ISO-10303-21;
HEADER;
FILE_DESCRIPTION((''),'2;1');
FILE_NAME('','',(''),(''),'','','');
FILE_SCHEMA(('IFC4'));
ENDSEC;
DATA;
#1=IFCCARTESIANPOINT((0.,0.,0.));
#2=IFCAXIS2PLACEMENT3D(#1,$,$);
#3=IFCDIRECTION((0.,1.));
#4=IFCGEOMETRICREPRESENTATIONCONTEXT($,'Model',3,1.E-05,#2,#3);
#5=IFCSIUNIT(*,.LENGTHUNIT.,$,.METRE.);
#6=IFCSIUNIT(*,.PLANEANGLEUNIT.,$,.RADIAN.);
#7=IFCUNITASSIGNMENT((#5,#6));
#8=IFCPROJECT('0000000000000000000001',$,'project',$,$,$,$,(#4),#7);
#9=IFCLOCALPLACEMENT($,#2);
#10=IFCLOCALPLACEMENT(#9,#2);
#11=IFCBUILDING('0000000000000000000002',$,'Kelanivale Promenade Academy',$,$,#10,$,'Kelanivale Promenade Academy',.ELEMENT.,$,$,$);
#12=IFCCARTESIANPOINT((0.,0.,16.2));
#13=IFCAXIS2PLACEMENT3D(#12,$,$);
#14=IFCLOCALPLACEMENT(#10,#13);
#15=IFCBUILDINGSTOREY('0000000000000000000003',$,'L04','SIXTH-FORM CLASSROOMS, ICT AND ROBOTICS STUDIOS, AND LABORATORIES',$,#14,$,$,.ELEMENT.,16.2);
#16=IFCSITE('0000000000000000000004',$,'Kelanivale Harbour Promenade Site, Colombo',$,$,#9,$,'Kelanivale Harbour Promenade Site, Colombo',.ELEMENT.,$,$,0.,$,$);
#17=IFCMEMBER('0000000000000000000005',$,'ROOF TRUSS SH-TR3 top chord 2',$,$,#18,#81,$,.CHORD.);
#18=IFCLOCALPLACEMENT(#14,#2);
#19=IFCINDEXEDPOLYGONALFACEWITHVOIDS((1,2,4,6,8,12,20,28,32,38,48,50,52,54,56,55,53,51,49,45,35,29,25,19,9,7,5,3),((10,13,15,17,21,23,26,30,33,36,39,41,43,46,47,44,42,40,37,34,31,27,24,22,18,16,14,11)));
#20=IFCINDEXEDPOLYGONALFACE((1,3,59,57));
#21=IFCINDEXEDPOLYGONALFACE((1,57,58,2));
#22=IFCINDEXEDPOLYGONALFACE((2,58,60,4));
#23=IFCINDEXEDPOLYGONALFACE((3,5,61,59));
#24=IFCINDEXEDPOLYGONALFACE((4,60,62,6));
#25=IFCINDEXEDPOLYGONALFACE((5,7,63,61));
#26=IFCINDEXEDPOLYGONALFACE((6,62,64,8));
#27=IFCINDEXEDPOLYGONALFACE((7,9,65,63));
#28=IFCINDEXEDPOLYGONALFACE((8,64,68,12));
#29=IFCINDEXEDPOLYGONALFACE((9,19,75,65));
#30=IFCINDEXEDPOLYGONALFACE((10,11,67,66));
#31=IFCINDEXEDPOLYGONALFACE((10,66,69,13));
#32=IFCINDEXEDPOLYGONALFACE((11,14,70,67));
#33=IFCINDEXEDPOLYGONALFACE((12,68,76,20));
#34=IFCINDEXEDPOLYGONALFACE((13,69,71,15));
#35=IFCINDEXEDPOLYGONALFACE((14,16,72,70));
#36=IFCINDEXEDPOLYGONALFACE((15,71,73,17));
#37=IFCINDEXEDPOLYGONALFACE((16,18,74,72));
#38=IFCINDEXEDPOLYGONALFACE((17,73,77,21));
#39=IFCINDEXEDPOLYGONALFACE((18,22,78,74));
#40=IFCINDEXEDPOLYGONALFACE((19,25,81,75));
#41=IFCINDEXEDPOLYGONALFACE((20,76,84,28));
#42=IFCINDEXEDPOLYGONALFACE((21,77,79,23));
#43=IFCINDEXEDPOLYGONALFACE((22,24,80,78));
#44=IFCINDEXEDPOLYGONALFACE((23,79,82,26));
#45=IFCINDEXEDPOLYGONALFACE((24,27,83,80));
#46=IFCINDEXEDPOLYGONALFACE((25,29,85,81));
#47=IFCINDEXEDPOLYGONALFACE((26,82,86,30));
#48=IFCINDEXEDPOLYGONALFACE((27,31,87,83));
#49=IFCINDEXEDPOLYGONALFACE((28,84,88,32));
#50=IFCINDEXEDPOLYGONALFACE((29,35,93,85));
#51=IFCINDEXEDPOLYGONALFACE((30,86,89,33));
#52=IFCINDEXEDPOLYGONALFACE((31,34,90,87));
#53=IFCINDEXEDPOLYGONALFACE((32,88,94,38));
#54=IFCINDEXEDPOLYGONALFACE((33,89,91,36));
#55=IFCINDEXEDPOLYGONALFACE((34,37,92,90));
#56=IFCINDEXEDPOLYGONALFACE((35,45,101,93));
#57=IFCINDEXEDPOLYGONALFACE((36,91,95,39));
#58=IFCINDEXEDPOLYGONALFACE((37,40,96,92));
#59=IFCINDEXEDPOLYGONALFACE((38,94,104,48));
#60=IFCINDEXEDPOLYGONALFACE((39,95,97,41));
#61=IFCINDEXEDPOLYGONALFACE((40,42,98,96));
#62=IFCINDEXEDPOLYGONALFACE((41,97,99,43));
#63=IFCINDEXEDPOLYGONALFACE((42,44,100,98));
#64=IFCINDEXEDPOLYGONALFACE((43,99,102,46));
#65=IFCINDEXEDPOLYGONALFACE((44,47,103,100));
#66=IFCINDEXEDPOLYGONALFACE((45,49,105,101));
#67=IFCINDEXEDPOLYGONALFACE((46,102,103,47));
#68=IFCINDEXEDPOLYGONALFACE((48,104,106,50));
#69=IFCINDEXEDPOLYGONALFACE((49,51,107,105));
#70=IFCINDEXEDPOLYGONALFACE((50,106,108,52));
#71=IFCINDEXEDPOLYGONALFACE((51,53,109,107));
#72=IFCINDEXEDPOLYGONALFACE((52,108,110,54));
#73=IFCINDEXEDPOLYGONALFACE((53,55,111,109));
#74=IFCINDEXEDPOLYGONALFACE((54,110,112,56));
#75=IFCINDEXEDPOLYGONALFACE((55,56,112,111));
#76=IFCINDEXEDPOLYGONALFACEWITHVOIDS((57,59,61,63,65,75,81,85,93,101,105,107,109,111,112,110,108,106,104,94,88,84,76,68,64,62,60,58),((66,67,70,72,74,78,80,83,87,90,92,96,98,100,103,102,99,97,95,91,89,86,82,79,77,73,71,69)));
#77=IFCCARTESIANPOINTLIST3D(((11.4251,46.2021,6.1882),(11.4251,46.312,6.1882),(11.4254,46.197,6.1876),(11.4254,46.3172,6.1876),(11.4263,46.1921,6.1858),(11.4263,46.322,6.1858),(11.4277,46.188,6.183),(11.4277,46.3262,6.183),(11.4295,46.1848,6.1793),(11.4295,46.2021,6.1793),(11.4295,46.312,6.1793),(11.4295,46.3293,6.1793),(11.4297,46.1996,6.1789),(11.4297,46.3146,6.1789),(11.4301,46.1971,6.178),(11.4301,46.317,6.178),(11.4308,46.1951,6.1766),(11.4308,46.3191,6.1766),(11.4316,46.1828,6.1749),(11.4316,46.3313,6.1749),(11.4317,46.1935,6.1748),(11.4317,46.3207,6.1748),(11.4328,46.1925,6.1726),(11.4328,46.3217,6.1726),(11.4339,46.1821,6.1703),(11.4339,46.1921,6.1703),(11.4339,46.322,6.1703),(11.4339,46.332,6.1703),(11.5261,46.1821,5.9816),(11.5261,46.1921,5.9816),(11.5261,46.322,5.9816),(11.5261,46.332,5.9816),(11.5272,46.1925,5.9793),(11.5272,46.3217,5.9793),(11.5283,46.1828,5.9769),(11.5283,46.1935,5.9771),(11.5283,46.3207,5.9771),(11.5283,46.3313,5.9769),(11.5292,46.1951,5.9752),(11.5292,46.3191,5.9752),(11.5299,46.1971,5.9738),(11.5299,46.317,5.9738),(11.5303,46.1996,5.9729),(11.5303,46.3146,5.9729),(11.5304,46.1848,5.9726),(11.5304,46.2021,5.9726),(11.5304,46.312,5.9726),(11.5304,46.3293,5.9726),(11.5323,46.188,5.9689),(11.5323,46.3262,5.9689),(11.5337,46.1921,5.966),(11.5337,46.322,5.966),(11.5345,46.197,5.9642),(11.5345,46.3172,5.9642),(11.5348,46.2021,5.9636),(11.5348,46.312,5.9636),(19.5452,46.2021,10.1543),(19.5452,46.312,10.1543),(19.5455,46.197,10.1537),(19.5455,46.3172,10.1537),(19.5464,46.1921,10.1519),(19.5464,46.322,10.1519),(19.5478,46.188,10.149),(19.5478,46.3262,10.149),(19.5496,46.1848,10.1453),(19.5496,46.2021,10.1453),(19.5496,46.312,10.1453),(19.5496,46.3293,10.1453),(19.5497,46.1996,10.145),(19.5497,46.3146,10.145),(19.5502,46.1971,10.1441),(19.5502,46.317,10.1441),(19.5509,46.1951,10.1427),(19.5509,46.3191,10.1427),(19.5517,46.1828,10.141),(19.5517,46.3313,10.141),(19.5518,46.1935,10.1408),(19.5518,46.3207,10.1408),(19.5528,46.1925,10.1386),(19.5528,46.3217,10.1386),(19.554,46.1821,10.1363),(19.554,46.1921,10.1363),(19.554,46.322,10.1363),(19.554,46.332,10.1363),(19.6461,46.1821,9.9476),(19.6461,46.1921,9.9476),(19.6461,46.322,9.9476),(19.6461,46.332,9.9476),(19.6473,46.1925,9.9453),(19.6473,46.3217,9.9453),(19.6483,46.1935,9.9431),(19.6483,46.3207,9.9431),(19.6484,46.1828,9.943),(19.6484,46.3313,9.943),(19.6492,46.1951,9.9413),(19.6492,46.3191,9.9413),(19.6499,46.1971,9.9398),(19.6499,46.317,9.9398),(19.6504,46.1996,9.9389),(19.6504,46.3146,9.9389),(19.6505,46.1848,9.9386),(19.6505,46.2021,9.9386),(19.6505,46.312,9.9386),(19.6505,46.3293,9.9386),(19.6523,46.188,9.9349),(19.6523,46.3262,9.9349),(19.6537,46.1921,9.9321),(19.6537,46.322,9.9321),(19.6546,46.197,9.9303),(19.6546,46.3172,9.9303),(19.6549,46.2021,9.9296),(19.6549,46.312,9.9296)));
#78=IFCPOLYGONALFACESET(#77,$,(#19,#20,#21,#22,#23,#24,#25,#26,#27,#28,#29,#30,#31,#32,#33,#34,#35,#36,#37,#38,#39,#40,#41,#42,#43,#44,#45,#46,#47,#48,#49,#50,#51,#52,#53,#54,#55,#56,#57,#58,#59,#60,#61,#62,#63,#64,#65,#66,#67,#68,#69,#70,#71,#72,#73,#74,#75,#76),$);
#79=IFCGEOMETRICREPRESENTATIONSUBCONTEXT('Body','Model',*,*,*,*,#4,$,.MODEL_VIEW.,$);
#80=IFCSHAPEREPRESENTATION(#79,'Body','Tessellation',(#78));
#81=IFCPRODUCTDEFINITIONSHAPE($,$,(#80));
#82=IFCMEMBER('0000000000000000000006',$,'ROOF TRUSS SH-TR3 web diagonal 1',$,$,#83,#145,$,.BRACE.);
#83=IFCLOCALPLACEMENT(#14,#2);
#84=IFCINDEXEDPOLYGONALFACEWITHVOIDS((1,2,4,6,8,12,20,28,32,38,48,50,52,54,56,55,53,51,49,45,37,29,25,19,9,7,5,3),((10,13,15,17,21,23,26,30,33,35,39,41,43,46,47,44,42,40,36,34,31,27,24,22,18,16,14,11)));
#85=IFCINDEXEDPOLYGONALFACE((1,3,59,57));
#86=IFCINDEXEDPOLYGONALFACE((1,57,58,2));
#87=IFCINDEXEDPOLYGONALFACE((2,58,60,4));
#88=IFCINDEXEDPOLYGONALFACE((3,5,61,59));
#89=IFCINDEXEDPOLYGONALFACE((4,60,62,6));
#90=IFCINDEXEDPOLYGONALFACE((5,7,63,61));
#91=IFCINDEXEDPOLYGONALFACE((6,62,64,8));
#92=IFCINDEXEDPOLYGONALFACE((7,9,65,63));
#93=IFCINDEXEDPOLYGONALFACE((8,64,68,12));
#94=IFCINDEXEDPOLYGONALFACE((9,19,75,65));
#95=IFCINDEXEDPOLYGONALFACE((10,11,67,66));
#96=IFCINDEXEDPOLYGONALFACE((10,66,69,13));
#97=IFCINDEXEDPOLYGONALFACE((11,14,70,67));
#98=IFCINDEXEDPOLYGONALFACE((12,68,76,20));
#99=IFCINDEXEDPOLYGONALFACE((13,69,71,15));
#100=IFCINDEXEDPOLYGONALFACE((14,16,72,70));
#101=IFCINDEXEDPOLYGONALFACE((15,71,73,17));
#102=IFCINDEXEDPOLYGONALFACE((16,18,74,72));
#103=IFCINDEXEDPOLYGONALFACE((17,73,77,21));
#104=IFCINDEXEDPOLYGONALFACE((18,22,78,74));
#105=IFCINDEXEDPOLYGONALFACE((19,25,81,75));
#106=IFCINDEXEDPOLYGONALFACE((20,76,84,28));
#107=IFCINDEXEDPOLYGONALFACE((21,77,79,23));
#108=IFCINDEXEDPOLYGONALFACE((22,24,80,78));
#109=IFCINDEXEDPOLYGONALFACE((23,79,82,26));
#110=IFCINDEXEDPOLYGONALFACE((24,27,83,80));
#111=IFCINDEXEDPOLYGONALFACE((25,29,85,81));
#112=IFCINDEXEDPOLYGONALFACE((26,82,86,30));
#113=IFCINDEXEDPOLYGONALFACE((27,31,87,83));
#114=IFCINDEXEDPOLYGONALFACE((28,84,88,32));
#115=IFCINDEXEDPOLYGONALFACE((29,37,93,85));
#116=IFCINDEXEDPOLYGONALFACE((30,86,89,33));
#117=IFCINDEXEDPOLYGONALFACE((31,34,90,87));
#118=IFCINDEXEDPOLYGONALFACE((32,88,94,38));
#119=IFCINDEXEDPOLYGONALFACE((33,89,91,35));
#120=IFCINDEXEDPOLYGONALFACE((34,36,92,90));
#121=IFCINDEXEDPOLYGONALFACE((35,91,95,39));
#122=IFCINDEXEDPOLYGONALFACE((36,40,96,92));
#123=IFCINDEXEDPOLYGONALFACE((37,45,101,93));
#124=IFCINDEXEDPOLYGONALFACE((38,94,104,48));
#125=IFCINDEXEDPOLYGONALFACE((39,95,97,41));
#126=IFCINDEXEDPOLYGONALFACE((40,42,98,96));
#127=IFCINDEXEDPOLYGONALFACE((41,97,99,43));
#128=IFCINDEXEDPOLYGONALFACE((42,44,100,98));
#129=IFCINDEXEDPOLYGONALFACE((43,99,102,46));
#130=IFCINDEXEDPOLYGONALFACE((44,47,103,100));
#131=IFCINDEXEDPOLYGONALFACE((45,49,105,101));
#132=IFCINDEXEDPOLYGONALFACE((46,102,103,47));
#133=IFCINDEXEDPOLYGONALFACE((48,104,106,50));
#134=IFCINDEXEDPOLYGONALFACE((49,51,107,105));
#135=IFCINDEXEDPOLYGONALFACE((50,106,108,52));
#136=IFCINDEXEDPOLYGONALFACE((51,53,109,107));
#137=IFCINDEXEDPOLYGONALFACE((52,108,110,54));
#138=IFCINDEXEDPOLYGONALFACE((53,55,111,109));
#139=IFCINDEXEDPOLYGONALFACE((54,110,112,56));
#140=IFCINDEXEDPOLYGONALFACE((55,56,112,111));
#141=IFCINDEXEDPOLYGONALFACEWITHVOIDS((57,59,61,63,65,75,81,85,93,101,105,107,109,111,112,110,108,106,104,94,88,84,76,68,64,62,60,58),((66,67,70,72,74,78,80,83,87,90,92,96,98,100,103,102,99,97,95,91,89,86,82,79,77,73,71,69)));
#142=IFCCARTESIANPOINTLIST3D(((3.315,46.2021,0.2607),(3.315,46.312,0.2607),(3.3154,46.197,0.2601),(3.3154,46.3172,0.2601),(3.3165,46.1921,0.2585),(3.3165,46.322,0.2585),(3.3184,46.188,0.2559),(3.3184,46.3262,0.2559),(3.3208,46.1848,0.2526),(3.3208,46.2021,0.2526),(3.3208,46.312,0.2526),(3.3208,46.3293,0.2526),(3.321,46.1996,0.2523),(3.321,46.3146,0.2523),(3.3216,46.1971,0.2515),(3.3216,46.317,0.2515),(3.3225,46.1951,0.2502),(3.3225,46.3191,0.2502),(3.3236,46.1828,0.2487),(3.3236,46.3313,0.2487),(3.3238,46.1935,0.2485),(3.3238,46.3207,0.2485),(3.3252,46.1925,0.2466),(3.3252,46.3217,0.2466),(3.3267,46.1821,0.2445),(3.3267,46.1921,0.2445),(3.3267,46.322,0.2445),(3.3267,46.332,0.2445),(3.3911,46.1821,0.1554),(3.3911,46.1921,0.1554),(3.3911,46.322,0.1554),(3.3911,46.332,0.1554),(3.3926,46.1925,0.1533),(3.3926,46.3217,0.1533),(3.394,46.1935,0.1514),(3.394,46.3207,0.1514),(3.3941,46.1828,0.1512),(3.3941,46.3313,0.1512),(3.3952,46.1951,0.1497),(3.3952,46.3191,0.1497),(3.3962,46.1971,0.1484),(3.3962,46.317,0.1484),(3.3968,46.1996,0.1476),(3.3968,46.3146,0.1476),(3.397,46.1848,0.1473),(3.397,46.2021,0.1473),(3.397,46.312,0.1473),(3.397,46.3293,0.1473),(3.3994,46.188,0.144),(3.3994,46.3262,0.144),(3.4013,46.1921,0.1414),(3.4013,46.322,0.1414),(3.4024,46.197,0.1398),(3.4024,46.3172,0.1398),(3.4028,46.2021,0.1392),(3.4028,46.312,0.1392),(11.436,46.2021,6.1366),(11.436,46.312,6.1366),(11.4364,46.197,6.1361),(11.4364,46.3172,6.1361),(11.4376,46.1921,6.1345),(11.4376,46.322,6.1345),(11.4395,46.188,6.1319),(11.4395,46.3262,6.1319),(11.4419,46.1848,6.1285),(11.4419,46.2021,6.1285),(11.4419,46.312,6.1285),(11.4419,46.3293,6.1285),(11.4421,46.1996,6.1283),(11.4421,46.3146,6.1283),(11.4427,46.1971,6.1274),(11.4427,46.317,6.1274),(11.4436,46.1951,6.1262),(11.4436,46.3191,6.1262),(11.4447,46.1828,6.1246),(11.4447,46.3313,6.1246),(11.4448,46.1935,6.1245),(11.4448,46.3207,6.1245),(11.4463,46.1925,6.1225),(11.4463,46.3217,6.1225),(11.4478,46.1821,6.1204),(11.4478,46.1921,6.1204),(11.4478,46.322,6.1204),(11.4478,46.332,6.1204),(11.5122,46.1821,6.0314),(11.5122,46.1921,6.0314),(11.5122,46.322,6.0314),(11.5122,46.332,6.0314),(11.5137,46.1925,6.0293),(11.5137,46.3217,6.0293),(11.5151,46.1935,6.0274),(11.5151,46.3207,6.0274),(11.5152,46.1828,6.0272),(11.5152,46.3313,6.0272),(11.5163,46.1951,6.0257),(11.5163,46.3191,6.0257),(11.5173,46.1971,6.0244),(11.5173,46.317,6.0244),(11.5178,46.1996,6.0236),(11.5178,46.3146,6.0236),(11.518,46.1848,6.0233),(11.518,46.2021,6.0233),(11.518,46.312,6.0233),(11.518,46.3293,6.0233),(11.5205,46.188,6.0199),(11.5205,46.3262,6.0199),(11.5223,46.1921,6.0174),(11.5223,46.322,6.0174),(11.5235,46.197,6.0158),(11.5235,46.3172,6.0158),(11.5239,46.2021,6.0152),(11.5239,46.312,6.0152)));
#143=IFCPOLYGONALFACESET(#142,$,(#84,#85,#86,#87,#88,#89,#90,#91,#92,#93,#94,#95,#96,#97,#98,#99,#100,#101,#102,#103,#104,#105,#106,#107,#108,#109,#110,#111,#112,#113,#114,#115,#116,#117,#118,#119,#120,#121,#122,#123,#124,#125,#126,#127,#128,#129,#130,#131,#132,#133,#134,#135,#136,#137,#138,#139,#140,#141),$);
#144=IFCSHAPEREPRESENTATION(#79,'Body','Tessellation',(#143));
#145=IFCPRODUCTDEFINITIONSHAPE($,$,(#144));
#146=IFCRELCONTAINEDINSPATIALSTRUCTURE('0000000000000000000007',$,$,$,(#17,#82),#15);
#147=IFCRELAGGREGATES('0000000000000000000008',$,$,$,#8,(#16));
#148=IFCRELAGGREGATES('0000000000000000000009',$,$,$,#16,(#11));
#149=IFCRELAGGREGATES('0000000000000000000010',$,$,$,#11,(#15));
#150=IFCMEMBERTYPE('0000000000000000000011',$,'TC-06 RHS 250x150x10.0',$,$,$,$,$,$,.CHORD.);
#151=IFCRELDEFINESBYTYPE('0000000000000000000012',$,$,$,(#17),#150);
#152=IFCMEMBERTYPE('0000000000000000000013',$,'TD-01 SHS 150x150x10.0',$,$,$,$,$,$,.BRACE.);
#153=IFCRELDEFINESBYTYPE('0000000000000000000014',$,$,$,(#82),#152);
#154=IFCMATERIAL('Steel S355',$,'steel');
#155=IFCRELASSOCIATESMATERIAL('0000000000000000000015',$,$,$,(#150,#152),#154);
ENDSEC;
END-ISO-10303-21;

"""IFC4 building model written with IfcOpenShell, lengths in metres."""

from ifc_helpers import new_model, si_unit, direction, frame, origin, origin_2d, place, context, subcontext, project, spatial, hollow_rectangle, extrude, material, material_profile, profile_set, type_object, element, save


model = new_model("IFC4")

# Units and contexts
model_context = context("Model", 3, precision=1e-05, world=origin(), true_north=direction((0.0, 1.0)))
body_context = subcontext(model_context, "Body", "Model", "MODEL_VIEW")
ifc_project = project(units=[si_unit("LENGTHUNIT", "METRE"), si_unit("PLANEANGLEUNIT", "RADIAN")], contexts=[model_context])

# Site, building, storey
site_placement = place(None, origin())
site = spatial("IfcSite", under=ifc_project, at=site_placement, Name="Kelanivale Harbour Promenade Site, Colombo", LongName="Kelanivale Harbour Promenade Site, Colombo", CompositionType="ELEMENT", RefElevation=0.0)
building_placement = place(site_placement, origin())
building = spatial("IfcBuilding", under=site, at=building_placement, Name="Kelanivale Promenade Academy", LongName="Kelanivale Promenade Academy", CompositionType="ELEMENT")
storey_placement = place(building_placement, frame((0.0, 0.0, 16.2)))
storey = spatial("IfcBuildingStorey", under=building, at=storey_placement, Name="L04", Description="SIXTH-FORM CLASSROOMS, ICT AND ROBOTICS STUDIOS, AND LABORATORIES", CompositionType="ELEMENT", Elevation=16.2)

# Shared definitions
ifc_material_1 = material(Name="Steel S355", Category="steel")

# Members
ifc_material_profile_1 = material_profile(ifc_material_1, hollow_rectangle(XDim=0.1499, YDim=0.25, WallThickness=0.01, InnerFilletRadius=0.01, OuterFilletRadius=0.02, at=origin_2d()), Name="RHS 250x150x10.0")
ifc_profile_set_1 = profile_set([ifc_material_profile_1], Name="Steel S355")
member_type_1 = type_object("IfcMemberType", Name="TC-06 RHS 250x150x10.0", PredefinedType="CHORD", material=ifc_profile_set_1)
member_1_placement = place(storey_placement, frame((11.48, 46.2571, 6.0759), z_axis=(0.898549, 0.0, 0.438873), x_axis=(0.0, 1.0, 0.0)))
element("IfcMember", 1, at=member_1_placement, inside=storey, type_object=member_type_1, Name="ROOF TRUSS SH-TR3 top chord 2", PredefinedType="CHORD", context=body_context, shape_type="SweptSolid", body=[
    extrude(hollow_rectangle(XDim=0.1499, YDim=0.25, WallThickness=0.01, InnerFilletRadius=0.01, OuterFilletRadius=0.02, at=origin_2d()), origin(), (0.0, 0.0, 1.0), 9.0369),
])
ifc_material_profile_2 = material_profile(ifc_material_1, hollow_rectangle(XDim=0.1499, YDim=0.1499, WallThickness=0.01, InnerFilletRadius=0.01, OuterFilletRadius=0.02, at=origin_2d()), Name="SHS 150x150x10.0")
ifc_profile_set_2 = profile_set([ifc_material_profile_2], Name="Steel S355")
member_type_2 = type_object("IfcMemberType", Name="TD-01 SHS 150x150x10.0", PredefinedType="BRACE", material=ifc_profile_set_2)
member_2_placement = place(storey_placement, frame((3.3589, 46.2571, 0.2), z_axis=(0.81017, 0.0, 0.586195), x_axis=(0.0, 1.0, 0.0)))
element("IfcMember", 2, at=member_2_placement, inside=storey, type_object=member_type_2, Name="ROOF TRUSS SH-TR3 web diagonal 1", PredefinedType="BRACE", context=body_context, shape_type="SweptSolid", body=[
    extrude(hollow_rectangle(XDim=0.1499, YDim=0.1499, WallThickness=0.01, InnerFilletRadius=0.01, OuterFilletRadius=0.02, at=origin_2d()), origin(), (0.0, 0.0, 1.0), 10.0239),
])

save(model, "model.ifc")
